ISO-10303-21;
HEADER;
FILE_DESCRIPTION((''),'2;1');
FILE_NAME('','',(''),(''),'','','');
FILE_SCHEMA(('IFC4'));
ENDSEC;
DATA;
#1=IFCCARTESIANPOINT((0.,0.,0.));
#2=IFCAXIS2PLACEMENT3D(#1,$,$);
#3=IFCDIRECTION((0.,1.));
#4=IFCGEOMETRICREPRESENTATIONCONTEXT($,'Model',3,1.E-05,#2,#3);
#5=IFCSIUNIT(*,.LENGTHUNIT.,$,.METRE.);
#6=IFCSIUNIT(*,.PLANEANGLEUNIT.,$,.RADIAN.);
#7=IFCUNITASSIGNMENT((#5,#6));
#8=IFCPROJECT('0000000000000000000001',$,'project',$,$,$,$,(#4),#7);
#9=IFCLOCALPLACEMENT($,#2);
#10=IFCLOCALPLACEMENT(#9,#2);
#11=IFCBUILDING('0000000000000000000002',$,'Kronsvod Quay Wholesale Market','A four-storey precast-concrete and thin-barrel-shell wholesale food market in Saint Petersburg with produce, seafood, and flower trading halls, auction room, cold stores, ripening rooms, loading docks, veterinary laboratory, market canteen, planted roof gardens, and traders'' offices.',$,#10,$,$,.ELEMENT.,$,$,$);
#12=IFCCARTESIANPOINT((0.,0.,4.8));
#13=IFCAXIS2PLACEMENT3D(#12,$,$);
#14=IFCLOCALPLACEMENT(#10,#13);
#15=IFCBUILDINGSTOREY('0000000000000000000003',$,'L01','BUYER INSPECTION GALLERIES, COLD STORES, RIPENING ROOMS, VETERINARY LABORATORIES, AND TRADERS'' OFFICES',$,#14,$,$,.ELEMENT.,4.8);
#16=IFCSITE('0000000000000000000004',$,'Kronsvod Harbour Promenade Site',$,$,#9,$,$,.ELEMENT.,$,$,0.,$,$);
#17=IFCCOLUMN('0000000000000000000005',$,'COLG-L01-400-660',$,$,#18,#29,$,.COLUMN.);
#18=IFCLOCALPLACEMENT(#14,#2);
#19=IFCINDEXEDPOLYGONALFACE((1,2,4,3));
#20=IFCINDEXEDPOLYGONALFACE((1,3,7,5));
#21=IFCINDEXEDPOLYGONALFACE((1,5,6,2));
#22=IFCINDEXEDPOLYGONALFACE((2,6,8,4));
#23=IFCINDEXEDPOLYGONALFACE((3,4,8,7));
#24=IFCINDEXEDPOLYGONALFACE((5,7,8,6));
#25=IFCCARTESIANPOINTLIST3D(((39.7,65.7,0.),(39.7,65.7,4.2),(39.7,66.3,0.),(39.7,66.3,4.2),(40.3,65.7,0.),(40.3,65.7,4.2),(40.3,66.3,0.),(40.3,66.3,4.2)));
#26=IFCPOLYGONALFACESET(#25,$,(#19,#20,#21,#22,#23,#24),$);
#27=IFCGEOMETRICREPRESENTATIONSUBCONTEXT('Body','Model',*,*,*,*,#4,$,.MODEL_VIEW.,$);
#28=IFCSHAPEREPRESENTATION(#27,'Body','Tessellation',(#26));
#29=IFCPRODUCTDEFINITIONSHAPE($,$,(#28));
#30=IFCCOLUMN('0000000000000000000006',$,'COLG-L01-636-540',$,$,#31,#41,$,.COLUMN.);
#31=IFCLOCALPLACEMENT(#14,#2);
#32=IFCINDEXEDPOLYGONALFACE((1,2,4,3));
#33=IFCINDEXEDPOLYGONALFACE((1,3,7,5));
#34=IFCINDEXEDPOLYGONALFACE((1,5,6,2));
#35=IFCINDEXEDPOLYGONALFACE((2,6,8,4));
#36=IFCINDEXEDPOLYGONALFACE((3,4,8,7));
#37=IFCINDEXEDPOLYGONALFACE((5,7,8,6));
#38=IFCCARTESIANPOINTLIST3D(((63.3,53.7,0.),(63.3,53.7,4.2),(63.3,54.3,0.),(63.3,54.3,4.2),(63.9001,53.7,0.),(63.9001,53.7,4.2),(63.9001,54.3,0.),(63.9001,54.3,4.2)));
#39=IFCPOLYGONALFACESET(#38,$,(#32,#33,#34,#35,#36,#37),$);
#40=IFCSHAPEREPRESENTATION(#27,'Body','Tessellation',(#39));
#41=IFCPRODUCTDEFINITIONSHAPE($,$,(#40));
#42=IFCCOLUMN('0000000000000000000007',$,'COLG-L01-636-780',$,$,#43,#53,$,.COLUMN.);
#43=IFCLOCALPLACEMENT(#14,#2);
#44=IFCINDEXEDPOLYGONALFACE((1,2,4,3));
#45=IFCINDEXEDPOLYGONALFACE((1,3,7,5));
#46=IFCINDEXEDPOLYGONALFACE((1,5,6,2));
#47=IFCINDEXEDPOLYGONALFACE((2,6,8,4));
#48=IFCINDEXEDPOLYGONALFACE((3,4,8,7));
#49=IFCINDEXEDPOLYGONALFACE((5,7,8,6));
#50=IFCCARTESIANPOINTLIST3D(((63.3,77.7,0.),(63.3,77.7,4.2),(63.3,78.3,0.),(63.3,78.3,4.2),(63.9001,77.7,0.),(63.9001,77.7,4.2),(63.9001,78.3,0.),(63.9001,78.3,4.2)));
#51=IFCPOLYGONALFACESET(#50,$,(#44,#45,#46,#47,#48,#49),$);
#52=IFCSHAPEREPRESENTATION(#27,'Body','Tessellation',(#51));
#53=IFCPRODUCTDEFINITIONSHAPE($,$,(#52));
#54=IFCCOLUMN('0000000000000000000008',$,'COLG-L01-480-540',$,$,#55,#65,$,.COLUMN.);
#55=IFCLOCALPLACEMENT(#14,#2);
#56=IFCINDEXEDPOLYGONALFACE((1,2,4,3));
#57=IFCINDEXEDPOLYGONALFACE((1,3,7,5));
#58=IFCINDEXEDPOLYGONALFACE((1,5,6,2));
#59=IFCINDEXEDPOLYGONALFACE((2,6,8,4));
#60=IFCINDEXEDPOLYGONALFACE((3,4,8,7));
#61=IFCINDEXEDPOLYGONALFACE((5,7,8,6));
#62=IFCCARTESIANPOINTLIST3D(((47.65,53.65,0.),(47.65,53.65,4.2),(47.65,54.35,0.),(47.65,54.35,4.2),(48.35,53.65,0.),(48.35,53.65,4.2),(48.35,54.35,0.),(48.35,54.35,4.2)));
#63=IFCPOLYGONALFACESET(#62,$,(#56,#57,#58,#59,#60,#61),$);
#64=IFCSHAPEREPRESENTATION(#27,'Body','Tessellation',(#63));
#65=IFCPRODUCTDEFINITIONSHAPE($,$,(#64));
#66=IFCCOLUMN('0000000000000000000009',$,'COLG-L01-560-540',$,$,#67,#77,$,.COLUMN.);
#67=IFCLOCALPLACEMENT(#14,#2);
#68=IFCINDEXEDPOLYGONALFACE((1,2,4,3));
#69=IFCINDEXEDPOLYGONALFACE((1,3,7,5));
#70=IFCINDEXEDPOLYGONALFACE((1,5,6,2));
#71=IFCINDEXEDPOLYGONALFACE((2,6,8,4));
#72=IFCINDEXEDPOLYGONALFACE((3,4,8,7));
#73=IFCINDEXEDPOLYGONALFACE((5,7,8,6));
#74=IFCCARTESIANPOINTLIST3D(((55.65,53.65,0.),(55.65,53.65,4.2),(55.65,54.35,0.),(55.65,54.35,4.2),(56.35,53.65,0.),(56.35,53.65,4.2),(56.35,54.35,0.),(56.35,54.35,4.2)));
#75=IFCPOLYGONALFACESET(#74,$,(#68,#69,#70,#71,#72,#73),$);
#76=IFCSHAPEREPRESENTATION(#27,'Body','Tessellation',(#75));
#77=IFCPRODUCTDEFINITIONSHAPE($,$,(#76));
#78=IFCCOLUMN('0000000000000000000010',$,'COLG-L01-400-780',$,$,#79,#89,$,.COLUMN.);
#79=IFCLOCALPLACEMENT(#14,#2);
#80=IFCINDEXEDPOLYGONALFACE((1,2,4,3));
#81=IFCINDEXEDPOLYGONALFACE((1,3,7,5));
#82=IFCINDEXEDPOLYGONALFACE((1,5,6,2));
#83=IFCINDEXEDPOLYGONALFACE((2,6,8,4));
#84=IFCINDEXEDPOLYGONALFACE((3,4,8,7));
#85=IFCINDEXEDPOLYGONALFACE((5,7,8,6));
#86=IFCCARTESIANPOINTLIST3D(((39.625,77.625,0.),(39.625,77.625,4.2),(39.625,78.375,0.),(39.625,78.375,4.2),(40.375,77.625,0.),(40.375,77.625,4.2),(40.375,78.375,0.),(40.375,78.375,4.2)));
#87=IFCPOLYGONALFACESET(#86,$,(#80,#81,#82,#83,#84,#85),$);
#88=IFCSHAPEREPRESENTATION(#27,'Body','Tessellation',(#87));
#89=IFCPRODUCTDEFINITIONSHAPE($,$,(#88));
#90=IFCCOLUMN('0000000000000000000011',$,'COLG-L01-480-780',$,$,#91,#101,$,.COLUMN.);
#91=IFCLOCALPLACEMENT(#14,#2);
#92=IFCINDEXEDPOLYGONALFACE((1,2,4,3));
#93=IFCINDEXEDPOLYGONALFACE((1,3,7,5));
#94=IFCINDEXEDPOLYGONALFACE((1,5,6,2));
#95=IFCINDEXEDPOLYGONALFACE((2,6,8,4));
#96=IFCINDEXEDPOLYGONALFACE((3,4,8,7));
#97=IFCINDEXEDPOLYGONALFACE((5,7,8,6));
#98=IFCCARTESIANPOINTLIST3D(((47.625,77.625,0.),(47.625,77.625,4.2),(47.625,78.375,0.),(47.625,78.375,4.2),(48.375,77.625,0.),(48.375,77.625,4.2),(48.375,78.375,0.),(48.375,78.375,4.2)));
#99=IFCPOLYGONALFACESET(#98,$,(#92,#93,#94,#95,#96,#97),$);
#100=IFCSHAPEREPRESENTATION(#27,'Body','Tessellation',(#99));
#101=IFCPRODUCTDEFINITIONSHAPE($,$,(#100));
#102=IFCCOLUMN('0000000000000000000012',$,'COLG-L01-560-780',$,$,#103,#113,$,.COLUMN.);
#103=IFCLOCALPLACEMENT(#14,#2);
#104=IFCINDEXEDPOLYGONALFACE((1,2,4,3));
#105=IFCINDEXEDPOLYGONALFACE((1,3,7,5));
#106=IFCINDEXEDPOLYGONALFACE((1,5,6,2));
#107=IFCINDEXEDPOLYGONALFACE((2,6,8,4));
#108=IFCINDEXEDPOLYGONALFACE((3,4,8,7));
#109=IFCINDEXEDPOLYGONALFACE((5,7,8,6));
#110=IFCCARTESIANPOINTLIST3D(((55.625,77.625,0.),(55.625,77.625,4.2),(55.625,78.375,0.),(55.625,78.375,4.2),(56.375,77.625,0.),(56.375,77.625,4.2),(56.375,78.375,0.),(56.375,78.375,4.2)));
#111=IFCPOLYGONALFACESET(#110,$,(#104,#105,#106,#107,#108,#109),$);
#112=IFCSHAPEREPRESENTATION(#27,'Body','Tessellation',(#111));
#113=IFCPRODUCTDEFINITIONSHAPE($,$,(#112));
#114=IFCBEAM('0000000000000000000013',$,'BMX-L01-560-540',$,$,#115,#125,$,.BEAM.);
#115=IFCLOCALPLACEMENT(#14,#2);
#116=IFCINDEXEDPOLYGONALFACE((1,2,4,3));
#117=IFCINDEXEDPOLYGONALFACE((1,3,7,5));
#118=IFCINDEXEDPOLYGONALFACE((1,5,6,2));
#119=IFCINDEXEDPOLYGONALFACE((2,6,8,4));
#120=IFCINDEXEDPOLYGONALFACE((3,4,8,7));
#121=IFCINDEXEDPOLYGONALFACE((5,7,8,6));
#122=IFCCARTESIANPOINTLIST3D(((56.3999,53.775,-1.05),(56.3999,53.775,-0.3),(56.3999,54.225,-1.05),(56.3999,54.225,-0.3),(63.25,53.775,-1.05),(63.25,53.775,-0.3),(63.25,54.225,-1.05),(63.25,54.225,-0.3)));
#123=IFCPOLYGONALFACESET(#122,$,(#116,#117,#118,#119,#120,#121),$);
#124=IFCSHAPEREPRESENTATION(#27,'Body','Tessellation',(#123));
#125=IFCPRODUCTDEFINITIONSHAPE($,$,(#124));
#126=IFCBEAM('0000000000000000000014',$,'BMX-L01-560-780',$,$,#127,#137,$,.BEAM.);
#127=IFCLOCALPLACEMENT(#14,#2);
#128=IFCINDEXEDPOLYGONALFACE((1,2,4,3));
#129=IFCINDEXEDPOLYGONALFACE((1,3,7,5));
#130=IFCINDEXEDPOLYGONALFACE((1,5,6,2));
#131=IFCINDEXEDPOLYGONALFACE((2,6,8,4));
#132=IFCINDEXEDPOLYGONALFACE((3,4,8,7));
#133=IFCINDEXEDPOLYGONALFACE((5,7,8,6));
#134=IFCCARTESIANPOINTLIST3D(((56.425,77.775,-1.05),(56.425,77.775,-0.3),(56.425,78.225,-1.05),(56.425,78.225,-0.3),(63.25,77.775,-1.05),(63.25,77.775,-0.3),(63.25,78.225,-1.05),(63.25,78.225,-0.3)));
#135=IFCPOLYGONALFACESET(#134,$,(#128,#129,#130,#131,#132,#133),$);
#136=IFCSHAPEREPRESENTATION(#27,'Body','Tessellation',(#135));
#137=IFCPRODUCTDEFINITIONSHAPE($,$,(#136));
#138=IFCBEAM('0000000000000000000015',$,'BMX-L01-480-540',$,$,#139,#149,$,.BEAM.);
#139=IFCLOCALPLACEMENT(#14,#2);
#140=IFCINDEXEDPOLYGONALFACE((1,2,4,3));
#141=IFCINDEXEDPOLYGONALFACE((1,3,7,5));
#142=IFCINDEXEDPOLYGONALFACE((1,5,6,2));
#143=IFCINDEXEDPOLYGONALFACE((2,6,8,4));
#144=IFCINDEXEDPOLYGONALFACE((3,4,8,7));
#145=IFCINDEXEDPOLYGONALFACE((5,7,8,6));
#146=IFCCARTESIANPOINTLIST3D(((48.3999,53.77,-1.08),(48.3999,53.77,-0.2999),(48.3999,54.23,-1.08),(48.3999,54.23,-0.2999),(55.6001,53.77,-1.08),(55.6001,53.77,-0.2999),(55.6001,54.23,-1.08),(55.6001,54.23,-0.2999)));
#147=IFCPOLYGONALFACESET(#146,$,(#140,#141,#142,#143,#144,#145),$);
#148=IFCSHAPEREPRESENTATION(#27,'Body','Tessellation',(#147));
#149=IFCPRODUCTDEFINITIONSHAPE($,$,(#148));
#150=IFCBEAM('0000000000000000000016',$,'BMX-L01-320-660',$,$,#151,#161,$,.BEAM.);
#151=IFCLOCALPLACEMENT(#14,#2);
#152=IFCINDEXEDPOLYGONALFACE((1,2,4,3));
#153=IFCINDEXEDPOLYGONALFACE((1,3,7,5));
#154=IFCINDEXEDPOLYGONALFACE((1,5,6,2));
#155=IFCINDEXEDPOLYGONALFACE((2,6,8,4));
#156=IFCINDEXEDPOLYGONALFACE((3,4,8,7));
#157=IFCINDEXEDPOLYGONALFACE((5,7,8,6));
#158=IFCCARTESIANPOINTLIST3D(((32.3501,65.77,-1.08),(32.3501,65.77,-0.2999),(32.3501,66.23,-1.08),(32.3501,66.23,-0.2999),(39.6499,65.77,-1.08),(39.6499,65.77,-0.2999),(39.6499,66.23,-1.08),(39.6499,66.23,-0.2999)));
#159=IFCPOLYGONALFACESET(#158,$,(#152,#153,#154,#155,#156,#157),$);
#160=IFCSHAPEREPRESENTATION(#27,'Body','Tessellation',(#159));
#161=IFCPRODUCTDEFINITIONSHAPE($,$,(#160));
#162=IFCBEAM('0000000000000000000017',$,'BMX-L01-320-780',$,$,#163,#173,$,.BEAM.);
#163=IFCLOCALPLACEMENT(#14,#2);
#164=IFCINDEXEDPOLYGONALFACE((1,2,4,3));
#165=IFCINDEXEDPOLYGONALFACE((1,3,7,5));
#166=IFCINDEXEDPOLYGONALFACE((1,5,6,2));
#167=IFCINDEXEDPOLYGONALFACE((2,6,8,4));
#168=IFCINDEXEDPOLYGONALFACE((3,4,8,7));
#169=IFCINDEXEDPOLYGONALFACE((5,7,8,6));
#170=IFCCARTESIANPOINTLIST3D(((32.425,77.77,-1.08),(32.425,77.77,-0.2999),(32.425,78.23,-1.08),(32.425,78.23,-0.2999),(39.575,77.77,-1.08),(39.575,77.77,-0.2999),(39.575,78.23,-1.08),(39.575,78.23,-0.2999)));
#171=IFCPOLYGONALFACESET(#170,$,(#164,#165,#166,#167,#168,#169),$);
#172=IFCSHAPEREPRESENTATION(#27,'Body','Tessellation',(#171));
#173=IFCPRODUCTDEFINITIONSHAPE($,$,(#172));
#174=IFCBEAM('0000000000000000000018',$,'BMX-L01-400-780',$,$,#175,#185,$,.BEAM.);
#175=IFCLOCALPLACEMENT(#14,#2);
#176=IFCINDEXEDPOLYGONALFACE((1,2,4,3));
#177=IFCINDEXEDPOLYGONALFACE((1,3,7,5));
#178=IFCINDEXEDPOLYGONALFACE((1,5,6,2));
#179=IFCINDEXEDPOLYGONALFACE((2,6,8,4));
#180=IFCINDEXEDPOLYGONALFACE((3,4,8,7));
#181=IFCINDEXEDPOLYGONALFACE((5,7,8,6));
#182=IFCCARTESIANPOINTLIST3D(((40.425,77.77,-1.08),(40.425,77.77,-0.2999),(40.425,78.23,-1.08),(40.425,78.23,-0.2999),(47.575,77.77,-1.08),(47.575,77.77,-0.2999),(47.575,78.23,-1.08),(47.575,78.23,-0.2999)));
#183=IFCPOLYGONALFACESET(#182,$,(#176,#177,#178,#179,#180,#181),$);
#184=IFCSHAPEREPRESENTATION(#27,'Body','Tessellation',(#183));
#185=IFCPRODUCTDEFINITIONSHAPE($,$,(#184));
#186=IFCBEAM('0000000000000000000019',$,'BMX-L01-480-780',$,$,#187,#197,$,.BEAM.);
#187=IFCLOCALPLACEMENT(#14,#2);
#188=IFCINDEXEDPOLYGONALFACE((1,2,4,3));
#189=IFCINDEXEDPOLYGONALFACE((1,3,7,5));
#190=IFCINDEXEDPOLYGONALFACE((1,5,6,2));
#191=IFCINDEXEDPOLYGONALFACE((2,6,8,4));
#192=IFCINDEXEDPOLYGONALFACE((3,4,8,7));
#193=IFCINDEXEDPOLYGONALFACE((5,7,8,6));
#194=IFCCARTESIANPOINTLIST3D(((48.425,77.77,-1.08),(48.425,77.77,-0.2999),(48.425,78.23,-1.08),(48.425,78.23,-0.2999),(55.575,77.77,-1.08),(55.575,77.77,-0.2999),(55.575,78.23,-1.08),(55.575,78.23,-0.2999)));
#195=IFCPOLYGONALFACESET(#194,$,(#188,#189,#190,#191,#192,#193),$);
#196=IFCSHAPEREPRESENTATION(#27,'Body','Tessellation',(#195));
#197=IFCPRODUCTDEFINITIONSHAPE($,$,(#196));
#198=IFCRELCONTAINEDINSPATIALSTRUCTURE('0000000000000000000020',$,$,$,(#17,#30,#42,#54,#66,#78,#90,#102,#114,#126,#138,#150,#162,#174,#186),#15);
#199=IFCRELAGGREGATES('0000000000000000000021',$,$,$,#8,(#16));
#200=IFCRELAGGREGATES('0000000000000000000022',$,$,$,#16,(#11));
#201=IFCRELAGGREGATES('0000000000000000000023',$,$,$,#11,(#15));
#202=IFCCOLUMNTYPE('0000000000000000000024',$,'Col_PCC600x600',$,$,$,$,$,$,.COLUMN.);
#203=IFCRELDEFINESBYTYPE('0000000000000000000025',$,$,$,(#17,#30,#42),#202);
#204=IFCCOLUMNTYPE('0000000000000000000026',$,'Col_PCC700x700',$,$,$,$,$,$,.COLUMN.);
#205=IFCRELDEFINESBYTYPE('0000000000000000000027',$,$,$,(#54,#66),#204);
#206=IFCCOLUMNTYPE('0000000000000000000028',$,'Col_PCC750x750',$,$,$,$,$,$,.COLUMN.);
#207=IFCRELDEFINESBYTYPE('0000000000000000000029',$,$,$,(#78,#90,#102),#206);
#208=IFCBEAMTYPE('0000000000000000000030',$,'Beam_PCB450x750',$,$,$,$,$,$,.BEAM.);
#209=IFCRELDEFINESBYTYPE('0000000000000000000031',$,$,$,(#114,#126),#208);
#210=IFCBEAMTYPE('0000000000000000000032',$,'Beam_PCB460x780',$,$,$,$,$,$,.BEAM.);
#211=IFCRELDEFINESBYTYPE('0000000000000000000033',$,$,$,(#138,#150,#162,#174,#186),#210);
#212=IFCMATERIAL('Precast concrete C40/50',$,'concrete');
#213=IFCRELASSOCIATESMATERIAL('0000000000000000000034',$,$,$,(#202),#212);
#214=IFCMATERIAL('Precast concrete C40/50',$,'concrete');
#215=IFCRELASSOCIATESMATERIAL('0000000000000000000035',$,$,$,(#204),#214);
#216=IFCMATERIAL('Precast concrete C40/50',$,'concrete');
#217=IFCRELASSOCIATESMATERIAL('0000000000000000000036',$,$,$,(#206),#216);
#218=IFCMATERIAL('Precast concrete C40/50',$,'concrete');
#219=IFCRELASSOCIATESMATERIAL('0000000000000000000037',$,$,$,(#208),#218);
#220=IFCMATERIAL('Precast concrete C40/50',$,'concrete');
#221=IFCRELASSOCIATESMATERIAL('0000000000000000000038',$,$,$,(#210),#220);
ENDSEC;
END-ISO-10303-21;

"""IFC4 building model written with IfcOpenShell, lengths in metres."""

from ifc_helpers import new_model, si_unit, direction, frame, origin, origin_2d, place, context, subcontext, project, spatial, rectangle, extrude, material, material_profile, profile_set, type_object, element, save


model = new_model("IFC4")

# Units and contexts
model_context = context("Model", 3, precision=1e-05, world=origin(), true_north=direction((0.0, 1.0)))
body_context = subcontext(model_context, "Body", "Model", "MODEL_VIEW")
ifc_project = project(units=[si_unit("LENGTHUNIT", "METRE"), si_unit("PLANEANGLEUNIT", "RADIAN")], contexts=[model_context])

# Site, building, storey
site_placement = place(None, origin())
site = spatial("IfcSite", under=ifc_project, at=site_placement, Name="Kronsvod Harbour Promenade Site", CompositionType="ELEMENT", RefElevation=0.0)
building_placement = place(site_placement, origin())
building = spatial("IfcBuilding", under=site, at=building_placement, Name="Kronsvod Quay Wholesale Market", Description="A four-storey precast-concrete and thin-barrel-shell wholesale food market in Saint Petersburg with produce, seafood, and flower trading halls, auction room, cold stores, ripening rooms, loading docks, veterinary laboratory, market canteen, planted roof gardens, and traders' offices.", CompositionType="ELEMENT")
storey_placement = place(building_placement, frame((0.0, 0.0, 4.8)))
storey = spatial("IfcBuildingStorey", under=building, at=storey_placement, Name="L01", Description="BUYER INSPECTION GALLERIES, COLD STORES, RIPENING ROOMS, VETERINARY LABORATORIES, AND TRADERS' OFFICES", CompositionType="ELEMENT", Elevation=4.8)

# Columns
ifc_material_1 = material(Name="Precast concrete C40/50", Category="concrete")
ifc_material_profile_1 = material_profile(ifc_material_1, rectangle(XDim=0.6001, YDim=0.6001, at=origin_2d()), Name="PCC600x600")
ifc_profile_set_1 = profile_set([ifc_material_profile_1], Name="Precast concrete C40/50")
column_type_1 = type_object("IfcColumnType", Name="Col_PCC600x600", PredefinedType="COLUMN", material=ifc_profile_set_1)
for number, where, z_axis, x_axis, name in (
    (1, (40.0, 66.0, 0.0), (0.0, 0.0, 1.0), (1.0, 0.0, 0.0), "COLG-L01-400-660"),
    (2, (63.6001, 54.0, 0.0), (0.0, 0.0, 1.0), (1.0, 0.0, 0.0), "COLG-L01-636-540"),
    (3, (63.6001, 78.0, 0.0), (0.0, 0.0, 1.0), (1.0, 0.0, 0.0), "COLG-L01-636-780"),
):
    element("IfcColumn", number, at=place(storey_placement, frame(where, z_axis=z_axis, x_axis=x_axis)), inside=storey, type_object=column_type_1, Name=name, PredefinedType="COLUMN", context=body_context, shape_type="SweptSolid", body=[
        extrude(rectangle(XDim=0.6001, YDim=0.6001, at=origin_2d()), origin(), (0.0, 0.0, 1.0), 4.2),
    ])
ifc_material_2 = material(Name="Precast concrete C40/50", Category="concrete")
ifc_material_profile_2 = material_profile(ifc_material_2, rectangle(XDim=0.7, YDim=0.7, at=origin_2d()), Name="PCC700x700")
ifc_profile_set_2 = profile_set([ifc_material_profile_2], Name="Precast concrete C40/50")
column_type_2 = type_object("IfcColumnType", Name="Col_PCC700x700", PredefinedType="COLUMN", material=ifc_profile_set_2)
for number, where, z_axis, x_axis, name in (
    (4, (48.0, 54.0, 0.0), (0.0, 0.0, 1.0), (1.0, 0.0, 0.0), "COLG-L01-480-540"),
    (5, (56.0, 54.0, 0.0), (0.0, 0.0, 1.0), (1.0, 0.0, 0.0), "COLG-L01-560-540"),
):
    element("IfcColumn", number, at=place(storey_placement, frame(where, z_axis=z_axis, x_axis=x_axis)), inside=storey, type_object=column_type_2, Name=name, PredefinedType="COLUMN", context=body_context, shape_type="SweptSolid", body=[
        extrude(rectangle(XDim=0.7, YDim=0.7, at=origin_2d()), origin(), (0.0, 0.0, 1.0), 4.2),
    ])
ifc_material_3 = material(Name="Precast concrete C40/50", Category="concrete")
ifc_material_profile_3 = material_profile(ifc_material_3, rectangle(XDim=0.75, YDim=0.75, at=origin_2d()), Name="COL-07")
ifc_profile_set_3 = profile_set([ifc_material_profile_3], Name="Precast concrete C40/50")
column_type_3 = type_object("IfcColumnType", Name="Col_PCC750x750", PredefinedType="COLUMN", material=ifc_profile_set_3)
for number, where, z_axis, x_axis, name in (
    (6, (40.0, 78.0, 0.0), (0.0, 0.0, 1.0), (1.0, 0.0, 0.0), "COLG-L01-400-780"),
    (7, (48.0, 78.0, 0.0), (0.0, 0.0, 1.0), (1.0, 0.0, 0.0), "COLG-L01-480-780"),
    (8, (56.0, 78.0, 0.0), (0.0, 0.0, 1.0), (1.0, 0.0, 0.0), "COLG-L01-560-780"),
):
    element("IfcColumn", number, at=place(storey_placement, frame(where, z_axis=z_axis, x_axis=x_axis)), inside=storey, type_object=column_type_3, Name=name, PredefinedType="COLUMN", context=body_context, shape_type="SweptSolid", body=[
        extrude(rectangle(XDim=0.75, YDim=0.75, at=origin_2d()), origin(), (0.0, 0.0, 1.0), 4.2),
    ])

# Beams
ifc_material_4 = material(Name="Precast concrete C40/50", Category="concrete")
ifc_material_profile_4 = material_profile(ifc_material_4, rectangle(XDim=0.45, YDim=0.75, at=origin_2d()), Name="PCB450x750")
ifc_profile_set_4 = profile_set([ifc_material_profile_4], Name="Precast concrete C40/50")
beam_type_1 = type_object("IfcBeamType", Name="Beam_PCB450x750", PredefinedType="BEAM", material=ifc_profile_set_4)
beam_1_placement = place(storey_placement, frame((56.3999, 54.0, -0.675), z_axis=(1.0, 0.0, 0.0), x_axis=(0.0, 1.0, 0.0)))
element("IfcBeam", 9, at=beam_1_placement, inside=storey, type_object=beam_type_1, Name="BMX-L01-560-540", PredefinedType="BEAM", context=body_context, shape_type="SweptSolid", body=[
    extrude(rectangle(XDim=0.45, YDim=0.75, at=origin_2d()), origin(), (0.0, 0.0, 1.0), 6.8501),
])
beam_2_placement = place(storey_placement, frame((56.425, 78.0, -0.675), z_axis=(1.0, 0.0, 0.0), x_axis=(0.0, 1.0, 0.0)))
element("IfcBeam", 10, at=beam_2_placement, inside=storey, type_object=beam_type_1, Name="BMX-L01-560-780", PredefinedType="BEAM", context=body_context, shape_type="SweptSolid", body=[
    extrude(rectangle(XDim=0.45, YDim=0.75, at=origin_2d()), origin(), (0.0, 0.0, 1.0), 6.825),
])
ifc_material_5 = material(Name="Precast concrete C40/50", Category="concrete")
ifc_material_profile_5 = material_profile(ifc_material_5, rectangle(XDim=0.46, YDim=0.78, at=origin_2d()), Name="PB-03")
ifc_profile_set_5 = profile_set([ifc_material_profile_5], Name="Precast concrete C40/50")
beam_type_2 = type_object("IfcBeamType", Name="Beam_PCB460x780", PredefinedType="BEAM", material=ifc_profile_set_5)
beam_3_placement = place(storey_placement, frame((48.3999, 54.0, -0.6899), z_axis=(1.0, 0.0, 0.0), x_axis=(0.0, 1.0, 0.0)))
element("IfcBeam", 11, at=beam_3_placement, inside=storey, type_object=beam_type_2, Name="BMX-L01-480-540", PredefinedType="BEAM", context=body_context, shape_type="SweptSolid", body=[
    extrude(rectangle(XDim=0.46, YDim=0.78, at=origin_2d()), origin(), (0.0, 0.0, 1.0), 7.2002),
])
beam_4_placement = place(storey_placement, frame((32.3501, 66.0, -0.6899), z_axis=(1.0, 0.0, 0.0), x_axis=(0.0, 1.0, 0.0)))
element("IfcBeam", 12, at=beam_4_placement, inside=storey, type_object=beam_type_2, Name="BMX-L01-320-660", PredefinedType="BEAM", context=body_context, shape_type="SweptSolid", body=[
    extrude(rectangle(XDim=0.46, YDim=0.78, at=origin_2d()), origin(), (0.0, 0.0, 1.0), 7.2998),
])
for number, where, z_axis, x_axis, name in (
    (13, (32.425, 78.0, -0.6899), (1.0, 0.0, 0.0), (0.0, 1.0, 0.0), "BMX-L01-320-780"),
    (14, (40.425, 78.0, -0.6899), (1.0, 0.0, 0.0), (0.0, 1.0, 0.0), "BMX-L01-400-780"),
    (15, (48.425, 78.0, -0.6899), (1.0, 0.0, 0.0), (0.0, 1.0, 0.0), "BMX-L01-480-780"),
):
    element("IfcBeam", number, at=place(storey_placement, frame(where, z_axis=z_axis, x_axis=x_axis)), inside=storey, type_object=beam_type_2, Name=name, PredefinedType="BEAM", context=body_context, shape_type="SweptSolid", body=[
        extrude(rectangle(XDim=0.46, YDim=0.78, at=origin_2d()), origin(), (0.0, 0.0, 1.0), 7.1499),
    ])

save(model, "model.ifc")
